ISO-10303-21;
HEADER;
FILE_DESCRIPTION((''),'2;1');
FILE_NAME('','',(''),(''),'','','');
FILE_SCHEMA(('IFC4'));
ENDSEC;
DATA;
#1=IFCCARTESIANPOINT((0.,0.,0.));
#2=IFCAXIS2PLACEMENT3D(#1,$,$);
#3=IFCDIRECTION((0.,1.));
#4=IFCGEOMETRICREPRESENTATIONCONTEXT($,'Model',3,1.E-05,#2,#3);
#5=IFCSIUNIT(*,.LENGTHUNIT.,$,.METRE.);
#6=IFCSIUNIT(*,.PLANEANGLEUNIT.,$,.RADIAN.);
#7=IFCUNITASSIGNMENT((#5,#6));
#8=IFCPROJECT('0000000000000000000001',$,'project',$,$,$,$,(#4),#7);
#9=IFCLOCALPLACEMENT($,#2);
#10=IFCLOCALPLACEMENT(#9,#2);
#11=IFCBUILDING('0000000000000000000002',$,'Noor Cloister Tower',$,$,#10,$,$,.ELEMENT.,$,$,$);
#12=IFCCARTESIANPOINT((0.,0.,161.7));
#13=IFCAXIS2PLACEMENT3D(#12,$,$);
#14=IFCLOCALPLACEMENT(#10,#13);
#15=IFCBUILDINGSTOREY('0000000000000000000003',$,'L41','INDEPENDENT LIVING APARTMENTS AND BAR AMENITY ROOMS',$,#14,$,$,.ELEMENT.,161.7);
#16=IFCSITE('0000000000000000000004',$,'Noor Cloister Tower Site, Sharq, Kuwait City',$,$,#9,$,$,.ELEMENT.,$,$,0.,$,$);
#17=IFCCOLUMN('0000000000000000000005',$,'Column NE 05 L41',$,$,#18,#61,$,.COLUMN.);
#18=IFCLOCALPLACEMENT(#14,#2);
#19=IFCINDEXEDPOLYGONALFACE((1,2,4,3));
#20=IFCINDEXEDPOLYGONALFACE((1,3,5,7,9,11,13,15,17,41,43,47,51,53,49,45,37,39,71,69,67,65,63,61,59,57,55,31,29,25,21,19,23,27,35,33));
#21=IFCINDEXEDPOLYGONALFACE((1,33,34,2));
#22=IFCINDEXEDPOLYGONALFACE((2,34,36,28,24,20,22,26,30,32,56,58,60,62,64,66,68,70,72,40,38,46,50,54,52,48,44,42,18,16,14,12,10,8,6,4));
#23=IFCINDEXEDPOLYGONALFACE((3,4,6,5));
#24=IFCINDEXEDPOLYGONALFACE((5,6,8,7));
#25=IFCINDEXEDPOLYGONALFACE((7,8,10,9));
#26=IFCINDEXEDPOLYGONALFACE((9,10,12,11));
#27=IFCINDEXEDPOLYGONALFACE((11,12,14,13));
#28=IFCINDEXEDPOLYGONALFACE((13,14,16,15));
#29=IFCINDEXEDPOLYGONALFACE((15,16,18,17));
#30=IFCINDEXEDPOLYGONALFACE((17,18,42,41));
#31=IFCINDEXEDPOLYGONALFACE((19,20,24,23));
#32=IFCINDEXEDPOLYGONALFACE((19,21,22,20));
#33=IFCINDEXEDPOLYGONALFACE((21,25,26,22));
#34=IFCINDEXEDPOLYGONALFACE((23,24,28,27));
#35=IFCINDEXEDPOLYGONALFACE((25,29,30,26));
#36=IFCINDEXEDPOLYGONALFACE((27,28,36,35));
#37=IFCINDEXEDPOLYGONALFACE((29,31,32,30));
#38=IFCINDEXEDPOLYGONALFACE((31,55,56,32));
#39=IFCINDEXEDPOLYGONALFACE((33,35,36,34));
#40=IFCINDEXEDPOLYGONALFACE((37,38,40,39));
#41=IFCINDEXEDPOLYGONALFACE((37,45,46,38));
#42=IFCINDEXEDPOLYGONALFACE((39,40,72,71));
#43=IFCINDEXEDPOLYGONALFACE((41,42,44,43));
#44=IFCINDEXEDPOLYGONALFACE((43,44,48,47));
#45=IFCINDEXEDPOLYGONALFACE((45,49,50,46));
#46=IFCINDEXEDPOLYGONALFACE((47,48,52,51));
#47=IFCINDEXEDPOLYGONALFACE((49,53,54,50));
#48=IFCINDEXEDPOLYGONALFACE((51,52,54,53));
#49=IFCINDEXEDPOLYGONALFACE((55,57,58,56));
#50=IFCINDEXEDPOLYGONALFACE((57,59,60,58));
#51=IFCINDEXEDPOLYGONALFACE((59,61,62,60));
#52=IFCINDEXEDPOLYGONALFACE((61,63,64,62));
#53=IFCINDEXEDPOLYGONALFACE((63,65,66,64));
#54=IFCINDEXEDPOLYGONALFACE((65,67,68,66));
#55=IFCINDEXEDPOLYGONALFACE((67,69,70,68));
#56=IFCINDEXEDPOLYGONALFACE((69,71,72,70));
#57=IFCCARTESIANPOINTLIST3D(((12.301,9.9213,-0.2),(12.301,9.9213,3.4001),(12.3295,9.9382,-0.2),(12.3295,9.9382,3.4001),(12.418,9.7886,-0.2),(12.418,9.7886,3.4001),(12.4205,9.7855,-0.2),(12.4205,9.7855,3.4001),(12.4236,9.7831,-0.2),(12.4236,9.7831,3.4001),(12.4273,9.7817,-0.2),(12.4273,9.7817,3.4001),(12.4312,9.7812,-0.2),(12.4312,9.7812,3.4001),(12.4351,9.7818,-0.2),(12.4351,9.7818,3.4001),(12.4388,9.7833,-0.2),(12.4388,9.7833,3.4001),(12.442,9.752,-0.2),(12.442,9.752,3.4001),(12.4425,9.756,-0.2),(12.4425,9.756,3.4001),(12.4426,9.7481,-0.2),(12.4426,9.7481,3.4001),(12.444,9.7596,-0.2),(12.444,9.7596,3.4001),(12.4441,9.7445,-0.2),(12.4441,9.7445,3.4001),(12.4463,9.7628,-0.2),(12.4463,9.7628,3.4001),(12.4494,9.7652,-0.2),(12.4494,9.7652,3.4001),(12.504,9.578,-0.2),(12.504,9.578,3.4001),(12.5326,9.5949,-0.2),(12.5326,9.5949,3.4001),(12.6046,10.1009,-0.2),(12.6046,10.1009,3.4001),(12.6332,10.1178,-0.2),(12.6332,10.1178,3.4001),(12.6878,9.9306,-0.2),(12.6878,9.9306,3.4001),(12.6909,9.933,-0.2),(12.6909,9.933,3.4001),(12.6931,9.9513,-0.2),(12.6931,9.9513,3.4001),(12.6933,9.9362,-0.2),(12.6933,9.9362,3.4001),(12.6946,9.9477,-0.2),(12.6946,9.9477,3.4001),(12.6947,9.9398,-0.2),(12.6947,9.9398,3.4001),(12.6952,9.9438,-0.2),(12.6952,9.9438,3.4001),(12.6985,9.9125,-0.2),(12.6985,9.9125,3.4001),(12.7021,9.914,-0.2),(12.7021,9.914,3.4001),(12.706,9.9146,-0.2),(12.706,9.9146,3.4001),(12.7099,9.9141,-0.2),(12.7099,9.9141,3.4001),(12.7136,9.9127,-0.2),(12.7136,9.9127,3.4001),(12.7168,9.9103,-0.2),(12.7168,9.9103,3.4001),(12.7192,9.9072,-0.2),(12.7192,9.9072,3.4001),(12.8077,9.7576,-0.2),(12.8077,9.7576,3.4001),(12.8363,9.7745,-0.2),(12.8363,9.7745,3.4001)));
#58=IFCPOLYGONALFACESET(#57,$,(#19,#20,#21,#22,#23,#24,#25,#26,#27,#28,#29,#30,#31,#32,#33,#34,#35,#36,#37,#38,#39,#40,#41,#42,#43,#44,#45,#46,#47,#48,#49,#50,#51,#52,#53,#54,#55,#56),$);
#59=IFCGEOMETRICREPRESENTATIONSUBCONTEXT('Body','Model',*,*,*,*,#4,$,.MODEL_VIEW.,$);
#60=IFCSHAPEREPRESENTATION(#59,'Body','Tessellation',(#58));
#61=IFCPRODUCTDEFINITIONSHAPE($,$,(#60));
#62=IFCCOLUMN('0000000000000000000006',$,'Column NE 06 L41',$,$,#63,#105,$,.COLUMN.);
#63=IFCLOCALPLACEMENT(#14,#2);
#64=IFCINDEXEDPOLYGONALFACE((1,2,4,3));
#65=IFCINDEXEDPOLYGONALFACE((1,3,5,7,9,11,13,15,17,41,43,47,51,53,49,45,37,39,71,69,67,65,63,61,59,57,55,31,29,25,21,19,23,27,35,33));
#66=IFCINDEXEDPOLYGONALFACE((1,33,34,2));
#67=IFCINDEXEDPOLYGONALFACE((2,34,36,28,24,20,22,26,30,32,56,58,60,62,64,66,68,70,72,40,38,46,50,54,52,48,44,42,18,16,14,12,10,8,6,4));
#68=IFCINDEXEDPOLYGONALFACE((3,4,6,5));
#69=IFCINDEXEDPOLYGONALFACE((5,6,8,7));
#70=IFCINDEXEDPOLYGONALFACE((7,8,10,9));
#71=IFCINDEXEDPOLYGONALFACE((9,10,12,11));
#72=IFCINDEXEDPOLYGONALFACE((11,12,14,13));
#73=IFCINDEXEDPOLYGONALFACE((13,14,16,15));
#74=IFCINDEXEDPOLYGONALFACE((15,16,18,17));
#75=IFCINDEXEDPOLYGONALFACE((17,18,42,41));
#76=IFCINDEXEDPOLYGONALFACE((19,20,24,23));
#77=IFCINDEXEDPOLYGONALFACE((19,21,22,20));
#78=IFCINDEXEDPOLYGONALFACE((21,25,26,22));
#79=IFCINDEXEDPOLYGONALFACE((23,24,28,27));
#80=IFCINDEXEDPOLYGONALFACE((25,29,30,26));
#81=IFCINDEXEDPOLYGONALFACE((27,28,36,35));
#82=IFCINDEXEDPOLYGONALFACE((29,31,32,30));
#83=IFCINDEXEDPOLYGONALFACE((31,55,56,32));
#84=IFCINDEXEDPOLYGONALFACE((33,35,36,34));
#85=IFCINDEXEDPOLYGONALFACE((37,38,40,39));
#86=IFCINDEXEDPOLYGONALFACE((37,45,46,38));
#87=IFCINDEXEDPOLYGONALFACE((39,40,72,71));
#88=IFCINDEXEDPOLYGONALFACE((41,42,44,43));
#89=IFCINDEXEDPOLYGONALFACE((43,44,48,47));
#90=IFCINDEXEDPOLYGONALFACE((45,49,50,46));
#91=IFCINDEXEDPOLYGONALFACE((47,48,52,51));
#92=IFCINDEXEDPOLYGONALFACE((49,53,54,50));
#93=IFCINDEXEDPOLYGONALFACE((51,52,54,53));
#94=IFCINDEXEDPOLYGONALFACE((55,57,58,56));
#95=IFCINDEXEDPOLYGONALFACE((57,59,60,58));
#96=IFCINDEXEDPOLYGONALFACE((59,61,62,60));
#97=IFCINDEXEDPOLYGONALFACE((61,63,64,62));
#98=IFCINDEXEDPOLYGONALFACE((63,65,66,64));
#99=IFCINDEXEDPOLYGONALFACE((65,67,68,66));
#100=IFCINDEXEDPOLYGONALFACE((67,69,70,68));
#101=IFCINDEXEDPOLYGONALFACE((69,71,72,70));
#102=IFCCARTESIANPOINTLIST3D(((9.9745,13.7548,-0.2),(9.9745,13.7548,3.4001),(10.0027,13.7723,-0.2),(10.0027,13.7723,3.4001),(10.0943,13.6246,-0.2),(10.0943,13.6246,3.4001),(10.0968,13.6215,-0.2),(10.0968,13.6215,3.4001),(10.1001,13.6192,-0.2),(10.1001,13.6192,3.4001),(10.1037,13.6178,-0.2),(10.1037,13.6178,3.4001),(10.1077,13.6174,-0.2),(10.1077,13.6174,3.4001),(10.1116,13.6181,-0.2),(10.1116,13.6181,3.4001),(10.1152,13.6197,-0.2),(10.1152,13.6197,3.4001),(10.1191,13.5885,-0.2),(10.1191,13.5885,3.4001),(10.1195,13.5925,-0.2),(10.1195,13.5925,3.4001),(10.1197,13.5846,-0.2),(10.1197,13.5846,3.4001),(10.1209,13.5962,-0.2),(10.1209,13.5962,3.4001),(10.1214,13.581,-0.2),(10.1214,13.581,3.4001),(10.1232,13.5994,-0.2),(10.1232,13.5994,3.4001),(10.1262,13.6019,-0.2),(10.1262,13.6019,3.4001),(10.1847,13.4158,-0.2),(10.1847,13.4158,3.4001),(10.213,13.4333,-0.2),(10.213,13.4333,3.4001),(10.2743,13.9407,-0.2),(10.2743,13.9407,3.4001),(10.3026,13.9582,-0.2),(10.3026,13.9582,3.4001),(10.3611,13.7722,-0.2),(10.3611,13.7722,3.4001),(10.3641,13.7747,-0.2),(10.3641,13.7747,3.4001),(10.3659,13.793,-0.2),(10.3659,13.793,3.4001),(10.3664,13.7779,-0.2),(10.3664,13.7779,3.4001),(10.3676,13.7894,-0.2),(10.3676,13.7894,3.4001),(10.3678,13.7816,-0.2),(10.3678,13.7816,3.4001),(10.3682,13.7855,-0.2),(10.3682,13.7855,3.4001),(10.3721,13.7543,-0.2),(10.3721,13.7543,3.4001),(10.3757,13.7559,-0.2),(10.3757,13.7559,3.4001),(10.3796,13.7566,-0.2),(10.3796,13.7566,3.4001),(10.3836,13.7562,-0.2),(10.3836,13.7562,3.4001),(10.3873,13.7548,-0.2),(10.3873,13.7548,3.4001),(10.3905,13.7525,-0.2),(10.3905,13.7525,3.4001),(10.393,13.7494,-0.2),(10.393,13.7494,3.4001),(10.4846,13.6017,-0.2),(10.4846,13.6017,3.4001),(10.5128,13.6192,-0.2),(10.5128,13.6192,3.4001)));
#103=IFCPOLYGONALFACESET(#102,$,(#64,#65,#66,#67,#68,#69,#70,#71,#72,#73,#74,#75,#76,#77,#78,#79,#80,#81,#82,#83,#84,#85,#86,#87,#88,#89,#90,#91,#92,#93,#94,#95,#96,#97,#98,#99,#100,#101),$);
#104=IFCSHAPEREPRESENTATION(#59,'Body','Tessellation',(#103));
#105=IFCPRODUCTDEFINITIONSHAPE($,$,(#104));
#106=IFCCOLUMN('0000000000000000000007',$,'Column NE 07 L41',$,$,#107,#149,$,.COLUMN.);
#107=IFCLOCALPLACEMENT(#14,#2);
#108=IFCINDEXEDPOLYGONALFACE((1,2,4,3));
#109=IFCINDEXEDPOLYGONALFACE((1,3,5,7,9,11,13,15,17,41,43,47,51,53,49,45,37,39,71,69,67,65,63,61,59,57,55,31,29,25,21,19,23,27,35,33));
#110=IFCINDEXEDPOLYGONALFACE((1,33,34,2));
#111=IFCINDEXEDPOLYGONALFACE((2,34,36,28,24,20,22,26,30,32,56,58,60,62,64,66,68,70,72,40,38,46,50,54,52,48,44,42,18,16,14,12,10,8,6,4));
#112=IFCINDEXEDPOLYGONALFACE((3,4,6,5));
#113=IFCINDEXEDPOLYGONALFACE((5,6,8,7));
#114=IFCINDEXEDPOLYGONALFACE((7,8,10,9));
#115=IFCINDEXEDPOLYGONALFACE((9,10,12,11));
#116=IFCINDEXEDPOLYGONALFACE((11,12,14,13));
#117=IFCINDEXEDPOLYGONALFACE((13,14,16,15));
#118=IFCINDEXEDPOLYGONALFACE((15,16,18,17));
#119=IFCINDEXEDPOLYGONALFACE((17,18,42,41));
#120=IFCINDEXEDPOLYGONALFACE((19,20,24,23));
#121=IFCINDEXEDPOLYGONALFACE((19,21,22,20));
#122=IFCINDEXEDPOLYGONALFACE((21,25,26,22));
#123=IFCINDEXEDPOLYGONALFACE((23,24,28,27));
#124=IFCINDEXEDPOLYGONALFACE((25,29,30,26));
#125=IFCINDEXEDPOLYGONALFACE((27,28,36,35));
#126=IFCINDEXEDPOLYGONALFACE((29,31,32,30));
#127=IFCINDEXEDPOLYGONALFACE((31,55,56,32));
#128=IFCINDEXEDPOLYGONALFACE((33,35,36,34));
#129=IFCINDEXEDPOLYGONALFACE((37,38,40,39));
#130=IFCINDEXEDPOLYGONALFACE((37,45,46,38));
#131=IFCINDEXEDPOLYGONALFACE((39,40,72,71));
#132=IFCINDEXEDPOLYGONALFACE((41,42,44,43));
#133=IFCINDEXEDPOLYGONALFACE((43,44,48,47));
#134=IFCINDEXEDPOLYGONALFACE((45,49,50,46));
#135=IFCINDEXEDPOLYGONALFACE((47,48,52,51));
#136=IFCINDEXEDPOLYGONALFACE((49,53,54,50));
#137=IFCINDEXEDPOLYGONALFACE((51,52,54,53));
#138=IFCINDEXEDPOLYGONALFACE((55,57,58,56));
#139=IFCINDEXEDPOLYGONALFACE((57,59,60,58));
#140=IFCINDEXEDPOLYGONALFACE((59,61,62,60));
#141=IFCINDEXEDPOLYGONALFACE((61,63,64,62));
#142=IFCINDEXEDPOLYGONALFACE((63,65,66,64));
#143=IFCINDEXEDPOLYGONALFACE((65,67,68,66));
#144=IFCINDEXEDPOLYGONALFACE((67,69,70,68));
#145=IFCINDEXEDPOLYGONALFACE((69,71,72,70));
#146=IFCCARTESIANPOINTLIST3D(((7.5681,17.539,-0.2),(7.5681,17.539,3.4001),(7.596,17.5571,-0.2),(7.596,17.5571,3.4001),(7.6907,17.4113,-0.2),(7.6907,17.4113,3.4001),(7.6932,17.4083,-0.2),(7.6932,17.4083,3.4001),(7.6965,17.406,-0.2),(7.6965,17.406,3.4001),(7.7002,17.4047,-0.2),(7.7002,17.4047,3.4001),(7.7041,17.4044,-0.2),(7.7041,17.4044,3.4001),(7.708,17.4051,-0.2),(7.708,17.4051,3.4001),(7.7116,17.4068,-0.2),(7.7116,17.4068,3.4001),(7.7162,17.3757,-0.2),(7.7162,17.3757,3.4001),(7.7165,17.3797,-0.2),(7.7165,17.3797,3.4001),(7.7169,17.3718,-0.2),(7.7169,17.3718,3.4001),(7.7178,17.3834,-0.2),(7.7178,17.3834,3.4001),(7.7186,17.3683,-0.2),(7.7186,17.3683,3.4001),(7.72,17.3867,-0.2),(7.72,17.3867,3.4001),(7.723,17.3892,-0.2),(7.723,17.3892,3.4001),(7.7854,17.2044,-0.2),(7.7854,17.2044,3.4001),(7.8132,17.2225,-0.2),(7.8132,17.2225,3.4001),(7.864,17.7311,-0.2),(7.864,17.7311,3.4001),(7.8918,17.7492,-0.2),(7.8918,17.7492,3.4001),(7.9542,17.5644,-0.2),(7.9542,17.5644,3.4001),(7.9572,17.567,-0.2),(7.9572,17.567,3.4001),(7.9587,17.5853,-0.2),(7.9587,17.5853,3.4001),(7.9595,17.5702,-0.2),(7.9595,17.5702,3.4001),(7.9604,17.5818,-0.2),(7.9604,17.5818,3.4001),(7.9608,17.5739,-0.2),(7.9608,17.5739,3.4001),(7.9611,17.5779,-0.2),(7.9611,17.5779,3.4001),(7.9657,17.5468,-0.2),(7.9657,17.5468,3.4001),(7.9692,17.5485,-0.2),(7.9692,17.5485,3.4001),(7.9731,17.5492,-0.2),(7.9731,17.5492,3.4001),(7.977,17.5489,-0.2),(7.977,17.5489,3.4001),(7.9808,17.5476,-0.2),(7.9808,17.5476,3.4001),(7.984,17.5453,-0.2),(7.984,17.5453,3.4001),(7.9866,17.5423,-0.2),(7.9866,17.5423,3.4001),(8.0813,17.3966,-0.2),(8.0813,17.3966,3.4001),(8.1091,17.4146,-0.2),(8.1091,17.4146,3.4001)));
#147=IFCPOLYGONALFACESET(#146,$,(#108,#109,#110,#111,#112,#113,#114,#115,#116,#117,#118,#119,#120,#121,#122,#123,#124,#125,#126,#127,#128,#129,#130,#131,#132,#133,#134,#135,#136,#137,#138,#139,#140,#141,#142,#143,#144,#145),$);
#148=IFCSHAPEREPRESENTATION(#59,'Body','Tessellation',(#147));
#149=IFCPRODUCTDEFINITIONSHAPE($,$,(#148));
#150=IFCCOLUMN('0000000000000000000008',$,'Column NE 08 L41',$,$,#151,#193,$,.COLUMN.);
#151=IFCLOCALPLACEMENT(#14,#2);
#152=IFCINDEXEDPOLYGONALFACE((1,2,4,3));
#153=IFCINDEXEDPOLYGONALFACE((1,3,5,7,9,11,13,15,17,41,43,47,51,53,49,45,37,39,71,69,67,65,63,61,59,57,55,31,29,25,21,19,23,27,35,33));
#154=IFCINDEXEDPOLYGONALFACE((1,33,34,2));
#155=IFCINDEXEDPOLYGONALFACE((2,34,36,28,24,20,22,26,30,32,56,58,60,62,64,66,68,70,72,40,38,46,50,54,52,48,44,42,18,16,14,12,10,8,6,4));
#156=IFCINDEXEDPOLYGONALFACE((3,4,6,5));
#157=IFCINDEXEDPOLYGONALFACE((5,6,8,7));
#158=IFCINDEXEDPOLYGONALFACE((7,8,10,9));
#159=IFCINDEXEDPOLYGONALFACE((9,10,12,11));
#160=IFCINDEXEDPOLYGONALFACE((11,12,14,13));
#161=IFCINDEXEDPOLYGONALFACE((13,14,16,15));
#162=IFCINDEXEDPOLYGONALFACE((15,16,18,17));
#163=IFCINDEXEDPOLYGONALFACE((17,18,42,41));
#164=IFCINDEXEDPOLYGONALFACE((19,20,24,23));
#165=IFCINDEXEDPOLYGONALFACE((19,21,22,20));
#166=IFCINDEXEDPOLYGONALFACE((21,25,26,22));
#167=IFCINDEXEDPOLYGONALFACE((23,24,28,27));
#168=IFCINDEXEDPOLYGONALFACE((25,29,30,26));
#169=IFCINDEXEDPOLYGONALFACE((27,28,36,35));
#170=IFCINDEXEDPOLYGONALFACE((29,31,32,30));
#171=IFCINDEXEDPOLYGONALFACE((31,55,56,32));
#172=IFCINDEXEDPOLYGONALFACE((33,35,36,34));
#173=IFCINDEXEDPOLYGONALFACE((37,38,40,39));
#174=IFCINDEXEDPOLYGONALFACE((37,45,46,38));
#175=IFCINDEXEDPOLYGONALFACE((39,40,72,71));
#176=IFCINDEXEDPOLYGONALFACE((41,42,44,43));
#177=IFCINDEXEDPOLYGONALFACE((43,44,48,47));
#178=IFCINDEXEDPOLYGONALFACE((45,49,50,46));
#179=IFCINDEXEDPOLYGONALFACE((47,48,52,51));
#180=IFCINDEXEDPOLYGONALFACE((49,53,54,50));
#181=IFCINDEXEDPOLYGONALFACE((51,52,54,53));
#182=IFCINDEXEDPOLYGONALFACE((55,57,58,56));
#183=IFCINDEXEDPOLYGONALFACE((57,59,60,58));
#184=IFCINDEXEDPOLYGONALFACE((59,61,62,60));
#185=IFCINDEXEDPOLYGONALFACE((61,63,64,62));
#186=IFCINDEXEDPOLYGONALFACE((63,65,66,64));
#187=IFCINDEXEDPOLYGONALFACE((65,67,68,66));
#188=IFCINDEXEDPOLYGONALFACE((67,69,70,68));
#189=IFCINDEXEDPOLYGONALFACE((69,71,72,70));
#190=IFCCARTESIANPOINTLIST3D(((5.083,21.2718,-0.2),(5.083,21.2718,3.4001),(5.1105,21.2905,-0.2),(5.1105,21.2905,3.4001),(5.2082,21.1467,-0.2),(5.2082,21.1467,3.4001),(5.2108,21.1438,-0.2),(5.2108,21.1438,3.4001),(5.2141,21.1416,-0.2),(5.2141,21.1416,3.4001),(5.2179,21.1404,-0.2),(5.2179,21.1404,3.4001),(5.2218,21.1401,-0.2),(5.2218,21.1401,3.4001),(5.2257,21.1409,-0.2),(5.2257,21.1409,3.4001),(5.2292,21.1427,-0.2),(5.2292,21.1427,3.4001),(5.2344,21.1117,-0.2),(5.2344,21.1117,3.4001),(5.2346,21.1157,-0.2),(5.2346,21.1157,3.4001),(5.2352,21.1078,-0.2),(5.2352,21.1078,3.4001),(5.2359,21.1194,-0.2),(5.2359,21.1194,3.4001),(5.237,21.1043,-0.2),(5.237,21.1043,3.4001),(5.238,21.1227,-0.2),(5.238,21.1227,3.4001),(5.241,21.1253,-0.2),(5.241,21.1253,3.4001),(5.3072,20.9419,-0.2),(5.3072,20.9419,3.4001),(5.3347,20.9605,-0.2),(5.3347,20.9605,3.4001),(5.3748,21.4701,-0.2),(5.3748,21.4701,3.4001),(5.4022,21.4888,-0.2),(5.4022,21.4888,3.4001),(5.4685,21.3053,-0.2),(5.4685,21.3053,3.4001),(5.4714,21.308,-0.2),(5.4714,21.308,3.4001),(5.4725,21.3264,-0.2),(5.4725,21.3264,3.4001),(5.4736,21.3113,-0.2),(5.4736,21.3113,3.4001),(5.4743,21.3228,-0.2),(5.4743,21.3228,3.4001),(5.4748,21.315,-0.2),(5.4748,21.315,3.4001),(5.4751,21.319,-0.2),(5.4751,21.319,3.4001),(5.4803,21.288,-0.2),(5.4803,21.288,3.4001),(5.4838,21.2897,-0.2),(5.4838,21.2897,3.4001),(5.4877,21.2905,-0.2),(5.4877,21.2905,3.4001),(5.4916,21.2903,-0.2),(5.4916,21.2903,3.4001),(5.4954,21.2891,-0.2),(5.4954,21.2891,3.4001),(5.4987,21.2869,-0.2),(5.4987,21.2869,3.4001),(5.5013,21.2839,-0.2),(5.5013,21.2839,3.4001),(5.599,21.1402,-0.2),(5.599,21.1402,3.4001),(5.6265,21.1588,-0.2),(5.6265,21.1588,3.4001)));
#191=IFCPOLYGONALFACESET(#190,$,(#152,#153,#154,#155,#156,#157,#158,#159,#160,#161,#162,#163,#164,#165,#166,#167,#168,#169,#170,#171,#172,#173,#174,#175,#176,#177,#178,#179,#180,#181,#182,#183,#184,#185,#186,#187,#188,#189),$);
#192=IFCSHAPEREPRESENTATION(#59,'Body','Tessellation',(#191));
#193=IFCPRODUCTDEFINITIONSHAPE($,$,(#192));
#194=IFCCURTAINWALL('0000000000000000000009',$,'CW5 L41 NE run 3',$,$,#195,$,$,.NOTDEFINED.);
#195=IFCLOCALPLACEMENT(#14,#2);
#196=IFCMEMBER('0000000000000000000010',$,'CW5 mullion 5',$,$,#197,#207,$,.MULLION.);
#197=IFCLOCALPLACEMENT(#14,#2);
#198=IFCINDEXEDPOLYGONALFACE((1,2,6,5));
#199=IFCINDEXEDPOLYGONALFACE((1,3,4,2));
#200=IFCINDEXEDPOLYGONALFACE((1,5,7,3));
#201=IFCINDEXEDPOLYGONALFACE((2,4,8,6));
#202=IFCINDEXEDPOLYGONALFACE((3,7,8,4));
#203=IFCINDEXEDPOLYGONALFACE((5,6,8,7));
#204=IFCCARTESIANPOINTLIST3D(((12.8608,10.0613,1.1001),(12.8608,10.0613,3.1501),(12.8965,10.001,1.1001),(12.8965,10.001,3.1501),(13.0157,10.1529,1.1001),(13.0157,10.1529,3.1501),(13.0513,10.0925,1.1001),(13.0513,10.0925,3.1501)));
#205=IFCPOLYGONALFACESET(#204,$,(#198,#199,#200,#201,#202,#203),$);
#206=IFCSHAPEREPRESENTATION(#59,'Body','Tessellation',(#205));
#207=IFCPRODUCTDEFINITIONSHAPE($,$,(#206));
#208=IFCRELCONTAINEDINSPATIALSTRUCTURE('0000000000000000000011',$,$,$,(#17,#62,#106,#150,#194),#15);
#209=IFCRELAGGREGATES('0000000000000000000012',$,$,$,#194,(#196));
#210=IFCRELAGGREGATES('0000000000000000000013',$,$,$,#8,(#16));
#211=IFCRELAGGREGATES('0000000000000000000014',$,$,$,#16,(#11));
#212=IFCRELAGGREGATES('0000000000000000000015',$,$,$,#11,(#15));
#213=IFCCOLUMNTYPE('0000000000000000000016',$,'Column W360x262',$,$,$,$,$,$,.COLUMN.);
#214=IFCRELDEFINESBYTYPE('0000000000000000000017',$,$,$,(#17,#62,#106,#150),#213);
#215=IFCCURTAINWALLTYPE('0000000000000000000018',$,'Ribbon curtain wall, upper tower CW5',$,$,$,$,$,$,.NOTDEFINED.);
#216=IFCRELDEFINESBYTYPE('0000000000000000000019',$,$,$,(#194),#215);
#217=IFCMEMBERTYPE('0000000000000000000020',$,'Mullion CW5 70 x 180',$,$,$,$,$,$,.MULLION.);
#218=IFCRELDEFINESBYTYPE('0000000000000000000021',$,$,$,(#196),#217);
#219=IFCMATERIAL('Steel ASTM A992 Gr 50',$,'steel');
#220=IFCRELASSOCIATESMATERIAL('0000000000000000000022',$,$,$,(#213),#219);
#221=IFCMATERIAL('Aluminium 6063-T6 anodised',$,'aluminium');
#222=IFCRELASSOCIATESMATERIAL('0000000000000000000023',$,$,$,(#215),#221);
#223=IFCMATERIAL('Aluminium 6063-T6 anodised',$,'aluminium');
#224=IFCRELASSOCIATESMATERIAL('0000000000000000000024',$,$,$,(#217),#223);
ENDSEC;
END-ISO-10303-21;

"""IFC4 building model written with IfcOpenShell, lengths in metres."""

from ifc_helpers import new_model, si_unit, direction, frame, origin, origin_2d, place, context, subcontext, project, spatial, rectangle, i_section, extrude, material, material_profile, profile_set, type_object, element, aggregate, save


model = new_model("IFC4")

# Units and contexts
model_context = context("Model", 3, precision=1e-05, world=origin(), true_north=direction((0.0, 1.0)))
body_context = subcontext(model_context, "Body", "Model", "MODEL_VIEW")
ifc_project = project(units=[si_unit("LENGTHUNIT", "METRE"), si_unit("PLANEANGLEUNIT", "RADIAN")], contexts=[model_context])

# Site, building, storey
site_placement = place(None, origin())
site = spatial("IfcSite", under=ifc_project, at=site_placement, Name="Noor Cloister Tower Site, Sharq, Kuwait City", CompositionType="ELEMENT", RefElevation=0.0)
building_placement = place(site_placement, origin())
building = spatial("IfcBuilding", under=site, at=building_placement, Name="Noor Cloister Tower", CompositionType="ELEMENT")
storey_placement = place(building_placement, frame((0.0, 0.0, 161.7)))
storey = spatial("IfcBuildingStorey", under=building, at=storey_placement, Name="L41", Description="INDEPENDENT LIVING APARTMENTS AND BAR AMENITY ROOMS", CompositionType="ELEMENT", Elevation=161.7)

# Columns
ifc_material_1 = material(Name="Steel ASTM A992 Gr 50", Category="steel")
ifc_material_profile_1 = material_profile(ifc_material_1, i_section(OverallWidth=0.3989, OverallDepth=0.386, WebThickness=0.021, FlangeThickness=0.0332, FilletRadius=0.0151, at=origin_2d()), Name="W360x262")
ifc_profile_set_1 = profile_set([ifc_material_profile_1], Name="Steel ASTM A992 Gr 50")
column_type = type_object("IfcColumnType", Name="Column W360x262", PredefinedType="COLUMN", material=ifc_profile_set_1)
for number, where, z_axis, x_axis, name in (
    (1, (12.5686, 9.8479, -0.2), (0.0, 0.0, 1.0), (-0.509042, 0.860741, 0.0), "Column NE 05 L41"),
    (2, (10.2437, 13.687, -0.2), (0.0, 0.0, 1.0), (-0.526959, 0.849891, 0.0), "Column NE 06 L41"),
    (3, (7.8386, 17.4768, -0.2), (0.0, 0.0, 1.0), (-0.544644, 0.838667, 0.0), "Column NE 07 L41"),
    (4, (5.3547, 21.2153, -0.2), (0.0, 0.0, 1.0), (-0.56209, 0.827076, 0.0), "Column NE 08 L41"),
):
    element("IfcColumn", number, at=place(storey_placement, frame(where, z_axis=z_axis, x_axis=x_axis)), inside=storey, type_object=column_type, Name=name, PredefinedType="COLUMN", context=body_context, shape_type="SweptSolid", body=[
        extrude(i_section(OverallWidth=0.3989, OverallDepth=0.386, WebThickness=0.021, FlangeThickness=0.0332, FilletRadius=0.0151, at=origin_2d()), origin(), (0.0, 0.0, 1.0), 3.6001),
    ])

# Curtain wall, member
ifc_material_2 = material(Name="Aluminium 6063-T6 anodised", Category="aluminium")
curtain_wall_type = type_object("IfcCurtainWallType", Name="Ribbon curtain wall, upper tower CW5", PredefinedType="NOTDEFINED", material=ifc_material_2)
curtain_wall_placement = place(storey_placement, origin())
curtain_wall = element("IfcCurtainWall", 5, at=curtain_wall_placement, inside=storey, type_object=curtain_wall_type, Name="CW5 L41 NE run 3", PredefinedType="NOTDEFINED")
ifc_material_3 = material(Name="Aluminium 6063-T6 anodised", Category="aluminium")
ifc_material_profile_2 = material_profile(ifc_material_3, rectangle(XDim=0.1799, YDim=0.0701, at=origin_2d()), Name="180 x 70 mullion")
ifc_profile_set_2 = profile_set([ifc_material_profile_2], Name="Aluminium 6063-T6 anodised")
member_type = type_object("IfcMemberType", Name="Mullion CW5 70 x 180", PredefinedType="MULLION", material=ifc_profile_set_2)
member_1_placement = place(storey_placement, frame((12.9561, 10.0769, 1.1001), z_axis=(0.0, 0.0, 1.0), x_axis=(-0.860741, -0.509042, 0.0)))
member_1 = element("IfcMember", 6, at=member_1_placement, type_object=member_type, Name="CW5 mullion 5", PredefinedType="MULLION", context=body_context, shape_type="SweptSolid", body=[
    extrude(rectangle(XDim=0.1799, YDim=0.0701, at=origin_2d()), origin(), (0.0, 0.0, 1.0), 2.05),
])

aggregate(curtain_wall, [member_1])

save(model, "model.ifc")
